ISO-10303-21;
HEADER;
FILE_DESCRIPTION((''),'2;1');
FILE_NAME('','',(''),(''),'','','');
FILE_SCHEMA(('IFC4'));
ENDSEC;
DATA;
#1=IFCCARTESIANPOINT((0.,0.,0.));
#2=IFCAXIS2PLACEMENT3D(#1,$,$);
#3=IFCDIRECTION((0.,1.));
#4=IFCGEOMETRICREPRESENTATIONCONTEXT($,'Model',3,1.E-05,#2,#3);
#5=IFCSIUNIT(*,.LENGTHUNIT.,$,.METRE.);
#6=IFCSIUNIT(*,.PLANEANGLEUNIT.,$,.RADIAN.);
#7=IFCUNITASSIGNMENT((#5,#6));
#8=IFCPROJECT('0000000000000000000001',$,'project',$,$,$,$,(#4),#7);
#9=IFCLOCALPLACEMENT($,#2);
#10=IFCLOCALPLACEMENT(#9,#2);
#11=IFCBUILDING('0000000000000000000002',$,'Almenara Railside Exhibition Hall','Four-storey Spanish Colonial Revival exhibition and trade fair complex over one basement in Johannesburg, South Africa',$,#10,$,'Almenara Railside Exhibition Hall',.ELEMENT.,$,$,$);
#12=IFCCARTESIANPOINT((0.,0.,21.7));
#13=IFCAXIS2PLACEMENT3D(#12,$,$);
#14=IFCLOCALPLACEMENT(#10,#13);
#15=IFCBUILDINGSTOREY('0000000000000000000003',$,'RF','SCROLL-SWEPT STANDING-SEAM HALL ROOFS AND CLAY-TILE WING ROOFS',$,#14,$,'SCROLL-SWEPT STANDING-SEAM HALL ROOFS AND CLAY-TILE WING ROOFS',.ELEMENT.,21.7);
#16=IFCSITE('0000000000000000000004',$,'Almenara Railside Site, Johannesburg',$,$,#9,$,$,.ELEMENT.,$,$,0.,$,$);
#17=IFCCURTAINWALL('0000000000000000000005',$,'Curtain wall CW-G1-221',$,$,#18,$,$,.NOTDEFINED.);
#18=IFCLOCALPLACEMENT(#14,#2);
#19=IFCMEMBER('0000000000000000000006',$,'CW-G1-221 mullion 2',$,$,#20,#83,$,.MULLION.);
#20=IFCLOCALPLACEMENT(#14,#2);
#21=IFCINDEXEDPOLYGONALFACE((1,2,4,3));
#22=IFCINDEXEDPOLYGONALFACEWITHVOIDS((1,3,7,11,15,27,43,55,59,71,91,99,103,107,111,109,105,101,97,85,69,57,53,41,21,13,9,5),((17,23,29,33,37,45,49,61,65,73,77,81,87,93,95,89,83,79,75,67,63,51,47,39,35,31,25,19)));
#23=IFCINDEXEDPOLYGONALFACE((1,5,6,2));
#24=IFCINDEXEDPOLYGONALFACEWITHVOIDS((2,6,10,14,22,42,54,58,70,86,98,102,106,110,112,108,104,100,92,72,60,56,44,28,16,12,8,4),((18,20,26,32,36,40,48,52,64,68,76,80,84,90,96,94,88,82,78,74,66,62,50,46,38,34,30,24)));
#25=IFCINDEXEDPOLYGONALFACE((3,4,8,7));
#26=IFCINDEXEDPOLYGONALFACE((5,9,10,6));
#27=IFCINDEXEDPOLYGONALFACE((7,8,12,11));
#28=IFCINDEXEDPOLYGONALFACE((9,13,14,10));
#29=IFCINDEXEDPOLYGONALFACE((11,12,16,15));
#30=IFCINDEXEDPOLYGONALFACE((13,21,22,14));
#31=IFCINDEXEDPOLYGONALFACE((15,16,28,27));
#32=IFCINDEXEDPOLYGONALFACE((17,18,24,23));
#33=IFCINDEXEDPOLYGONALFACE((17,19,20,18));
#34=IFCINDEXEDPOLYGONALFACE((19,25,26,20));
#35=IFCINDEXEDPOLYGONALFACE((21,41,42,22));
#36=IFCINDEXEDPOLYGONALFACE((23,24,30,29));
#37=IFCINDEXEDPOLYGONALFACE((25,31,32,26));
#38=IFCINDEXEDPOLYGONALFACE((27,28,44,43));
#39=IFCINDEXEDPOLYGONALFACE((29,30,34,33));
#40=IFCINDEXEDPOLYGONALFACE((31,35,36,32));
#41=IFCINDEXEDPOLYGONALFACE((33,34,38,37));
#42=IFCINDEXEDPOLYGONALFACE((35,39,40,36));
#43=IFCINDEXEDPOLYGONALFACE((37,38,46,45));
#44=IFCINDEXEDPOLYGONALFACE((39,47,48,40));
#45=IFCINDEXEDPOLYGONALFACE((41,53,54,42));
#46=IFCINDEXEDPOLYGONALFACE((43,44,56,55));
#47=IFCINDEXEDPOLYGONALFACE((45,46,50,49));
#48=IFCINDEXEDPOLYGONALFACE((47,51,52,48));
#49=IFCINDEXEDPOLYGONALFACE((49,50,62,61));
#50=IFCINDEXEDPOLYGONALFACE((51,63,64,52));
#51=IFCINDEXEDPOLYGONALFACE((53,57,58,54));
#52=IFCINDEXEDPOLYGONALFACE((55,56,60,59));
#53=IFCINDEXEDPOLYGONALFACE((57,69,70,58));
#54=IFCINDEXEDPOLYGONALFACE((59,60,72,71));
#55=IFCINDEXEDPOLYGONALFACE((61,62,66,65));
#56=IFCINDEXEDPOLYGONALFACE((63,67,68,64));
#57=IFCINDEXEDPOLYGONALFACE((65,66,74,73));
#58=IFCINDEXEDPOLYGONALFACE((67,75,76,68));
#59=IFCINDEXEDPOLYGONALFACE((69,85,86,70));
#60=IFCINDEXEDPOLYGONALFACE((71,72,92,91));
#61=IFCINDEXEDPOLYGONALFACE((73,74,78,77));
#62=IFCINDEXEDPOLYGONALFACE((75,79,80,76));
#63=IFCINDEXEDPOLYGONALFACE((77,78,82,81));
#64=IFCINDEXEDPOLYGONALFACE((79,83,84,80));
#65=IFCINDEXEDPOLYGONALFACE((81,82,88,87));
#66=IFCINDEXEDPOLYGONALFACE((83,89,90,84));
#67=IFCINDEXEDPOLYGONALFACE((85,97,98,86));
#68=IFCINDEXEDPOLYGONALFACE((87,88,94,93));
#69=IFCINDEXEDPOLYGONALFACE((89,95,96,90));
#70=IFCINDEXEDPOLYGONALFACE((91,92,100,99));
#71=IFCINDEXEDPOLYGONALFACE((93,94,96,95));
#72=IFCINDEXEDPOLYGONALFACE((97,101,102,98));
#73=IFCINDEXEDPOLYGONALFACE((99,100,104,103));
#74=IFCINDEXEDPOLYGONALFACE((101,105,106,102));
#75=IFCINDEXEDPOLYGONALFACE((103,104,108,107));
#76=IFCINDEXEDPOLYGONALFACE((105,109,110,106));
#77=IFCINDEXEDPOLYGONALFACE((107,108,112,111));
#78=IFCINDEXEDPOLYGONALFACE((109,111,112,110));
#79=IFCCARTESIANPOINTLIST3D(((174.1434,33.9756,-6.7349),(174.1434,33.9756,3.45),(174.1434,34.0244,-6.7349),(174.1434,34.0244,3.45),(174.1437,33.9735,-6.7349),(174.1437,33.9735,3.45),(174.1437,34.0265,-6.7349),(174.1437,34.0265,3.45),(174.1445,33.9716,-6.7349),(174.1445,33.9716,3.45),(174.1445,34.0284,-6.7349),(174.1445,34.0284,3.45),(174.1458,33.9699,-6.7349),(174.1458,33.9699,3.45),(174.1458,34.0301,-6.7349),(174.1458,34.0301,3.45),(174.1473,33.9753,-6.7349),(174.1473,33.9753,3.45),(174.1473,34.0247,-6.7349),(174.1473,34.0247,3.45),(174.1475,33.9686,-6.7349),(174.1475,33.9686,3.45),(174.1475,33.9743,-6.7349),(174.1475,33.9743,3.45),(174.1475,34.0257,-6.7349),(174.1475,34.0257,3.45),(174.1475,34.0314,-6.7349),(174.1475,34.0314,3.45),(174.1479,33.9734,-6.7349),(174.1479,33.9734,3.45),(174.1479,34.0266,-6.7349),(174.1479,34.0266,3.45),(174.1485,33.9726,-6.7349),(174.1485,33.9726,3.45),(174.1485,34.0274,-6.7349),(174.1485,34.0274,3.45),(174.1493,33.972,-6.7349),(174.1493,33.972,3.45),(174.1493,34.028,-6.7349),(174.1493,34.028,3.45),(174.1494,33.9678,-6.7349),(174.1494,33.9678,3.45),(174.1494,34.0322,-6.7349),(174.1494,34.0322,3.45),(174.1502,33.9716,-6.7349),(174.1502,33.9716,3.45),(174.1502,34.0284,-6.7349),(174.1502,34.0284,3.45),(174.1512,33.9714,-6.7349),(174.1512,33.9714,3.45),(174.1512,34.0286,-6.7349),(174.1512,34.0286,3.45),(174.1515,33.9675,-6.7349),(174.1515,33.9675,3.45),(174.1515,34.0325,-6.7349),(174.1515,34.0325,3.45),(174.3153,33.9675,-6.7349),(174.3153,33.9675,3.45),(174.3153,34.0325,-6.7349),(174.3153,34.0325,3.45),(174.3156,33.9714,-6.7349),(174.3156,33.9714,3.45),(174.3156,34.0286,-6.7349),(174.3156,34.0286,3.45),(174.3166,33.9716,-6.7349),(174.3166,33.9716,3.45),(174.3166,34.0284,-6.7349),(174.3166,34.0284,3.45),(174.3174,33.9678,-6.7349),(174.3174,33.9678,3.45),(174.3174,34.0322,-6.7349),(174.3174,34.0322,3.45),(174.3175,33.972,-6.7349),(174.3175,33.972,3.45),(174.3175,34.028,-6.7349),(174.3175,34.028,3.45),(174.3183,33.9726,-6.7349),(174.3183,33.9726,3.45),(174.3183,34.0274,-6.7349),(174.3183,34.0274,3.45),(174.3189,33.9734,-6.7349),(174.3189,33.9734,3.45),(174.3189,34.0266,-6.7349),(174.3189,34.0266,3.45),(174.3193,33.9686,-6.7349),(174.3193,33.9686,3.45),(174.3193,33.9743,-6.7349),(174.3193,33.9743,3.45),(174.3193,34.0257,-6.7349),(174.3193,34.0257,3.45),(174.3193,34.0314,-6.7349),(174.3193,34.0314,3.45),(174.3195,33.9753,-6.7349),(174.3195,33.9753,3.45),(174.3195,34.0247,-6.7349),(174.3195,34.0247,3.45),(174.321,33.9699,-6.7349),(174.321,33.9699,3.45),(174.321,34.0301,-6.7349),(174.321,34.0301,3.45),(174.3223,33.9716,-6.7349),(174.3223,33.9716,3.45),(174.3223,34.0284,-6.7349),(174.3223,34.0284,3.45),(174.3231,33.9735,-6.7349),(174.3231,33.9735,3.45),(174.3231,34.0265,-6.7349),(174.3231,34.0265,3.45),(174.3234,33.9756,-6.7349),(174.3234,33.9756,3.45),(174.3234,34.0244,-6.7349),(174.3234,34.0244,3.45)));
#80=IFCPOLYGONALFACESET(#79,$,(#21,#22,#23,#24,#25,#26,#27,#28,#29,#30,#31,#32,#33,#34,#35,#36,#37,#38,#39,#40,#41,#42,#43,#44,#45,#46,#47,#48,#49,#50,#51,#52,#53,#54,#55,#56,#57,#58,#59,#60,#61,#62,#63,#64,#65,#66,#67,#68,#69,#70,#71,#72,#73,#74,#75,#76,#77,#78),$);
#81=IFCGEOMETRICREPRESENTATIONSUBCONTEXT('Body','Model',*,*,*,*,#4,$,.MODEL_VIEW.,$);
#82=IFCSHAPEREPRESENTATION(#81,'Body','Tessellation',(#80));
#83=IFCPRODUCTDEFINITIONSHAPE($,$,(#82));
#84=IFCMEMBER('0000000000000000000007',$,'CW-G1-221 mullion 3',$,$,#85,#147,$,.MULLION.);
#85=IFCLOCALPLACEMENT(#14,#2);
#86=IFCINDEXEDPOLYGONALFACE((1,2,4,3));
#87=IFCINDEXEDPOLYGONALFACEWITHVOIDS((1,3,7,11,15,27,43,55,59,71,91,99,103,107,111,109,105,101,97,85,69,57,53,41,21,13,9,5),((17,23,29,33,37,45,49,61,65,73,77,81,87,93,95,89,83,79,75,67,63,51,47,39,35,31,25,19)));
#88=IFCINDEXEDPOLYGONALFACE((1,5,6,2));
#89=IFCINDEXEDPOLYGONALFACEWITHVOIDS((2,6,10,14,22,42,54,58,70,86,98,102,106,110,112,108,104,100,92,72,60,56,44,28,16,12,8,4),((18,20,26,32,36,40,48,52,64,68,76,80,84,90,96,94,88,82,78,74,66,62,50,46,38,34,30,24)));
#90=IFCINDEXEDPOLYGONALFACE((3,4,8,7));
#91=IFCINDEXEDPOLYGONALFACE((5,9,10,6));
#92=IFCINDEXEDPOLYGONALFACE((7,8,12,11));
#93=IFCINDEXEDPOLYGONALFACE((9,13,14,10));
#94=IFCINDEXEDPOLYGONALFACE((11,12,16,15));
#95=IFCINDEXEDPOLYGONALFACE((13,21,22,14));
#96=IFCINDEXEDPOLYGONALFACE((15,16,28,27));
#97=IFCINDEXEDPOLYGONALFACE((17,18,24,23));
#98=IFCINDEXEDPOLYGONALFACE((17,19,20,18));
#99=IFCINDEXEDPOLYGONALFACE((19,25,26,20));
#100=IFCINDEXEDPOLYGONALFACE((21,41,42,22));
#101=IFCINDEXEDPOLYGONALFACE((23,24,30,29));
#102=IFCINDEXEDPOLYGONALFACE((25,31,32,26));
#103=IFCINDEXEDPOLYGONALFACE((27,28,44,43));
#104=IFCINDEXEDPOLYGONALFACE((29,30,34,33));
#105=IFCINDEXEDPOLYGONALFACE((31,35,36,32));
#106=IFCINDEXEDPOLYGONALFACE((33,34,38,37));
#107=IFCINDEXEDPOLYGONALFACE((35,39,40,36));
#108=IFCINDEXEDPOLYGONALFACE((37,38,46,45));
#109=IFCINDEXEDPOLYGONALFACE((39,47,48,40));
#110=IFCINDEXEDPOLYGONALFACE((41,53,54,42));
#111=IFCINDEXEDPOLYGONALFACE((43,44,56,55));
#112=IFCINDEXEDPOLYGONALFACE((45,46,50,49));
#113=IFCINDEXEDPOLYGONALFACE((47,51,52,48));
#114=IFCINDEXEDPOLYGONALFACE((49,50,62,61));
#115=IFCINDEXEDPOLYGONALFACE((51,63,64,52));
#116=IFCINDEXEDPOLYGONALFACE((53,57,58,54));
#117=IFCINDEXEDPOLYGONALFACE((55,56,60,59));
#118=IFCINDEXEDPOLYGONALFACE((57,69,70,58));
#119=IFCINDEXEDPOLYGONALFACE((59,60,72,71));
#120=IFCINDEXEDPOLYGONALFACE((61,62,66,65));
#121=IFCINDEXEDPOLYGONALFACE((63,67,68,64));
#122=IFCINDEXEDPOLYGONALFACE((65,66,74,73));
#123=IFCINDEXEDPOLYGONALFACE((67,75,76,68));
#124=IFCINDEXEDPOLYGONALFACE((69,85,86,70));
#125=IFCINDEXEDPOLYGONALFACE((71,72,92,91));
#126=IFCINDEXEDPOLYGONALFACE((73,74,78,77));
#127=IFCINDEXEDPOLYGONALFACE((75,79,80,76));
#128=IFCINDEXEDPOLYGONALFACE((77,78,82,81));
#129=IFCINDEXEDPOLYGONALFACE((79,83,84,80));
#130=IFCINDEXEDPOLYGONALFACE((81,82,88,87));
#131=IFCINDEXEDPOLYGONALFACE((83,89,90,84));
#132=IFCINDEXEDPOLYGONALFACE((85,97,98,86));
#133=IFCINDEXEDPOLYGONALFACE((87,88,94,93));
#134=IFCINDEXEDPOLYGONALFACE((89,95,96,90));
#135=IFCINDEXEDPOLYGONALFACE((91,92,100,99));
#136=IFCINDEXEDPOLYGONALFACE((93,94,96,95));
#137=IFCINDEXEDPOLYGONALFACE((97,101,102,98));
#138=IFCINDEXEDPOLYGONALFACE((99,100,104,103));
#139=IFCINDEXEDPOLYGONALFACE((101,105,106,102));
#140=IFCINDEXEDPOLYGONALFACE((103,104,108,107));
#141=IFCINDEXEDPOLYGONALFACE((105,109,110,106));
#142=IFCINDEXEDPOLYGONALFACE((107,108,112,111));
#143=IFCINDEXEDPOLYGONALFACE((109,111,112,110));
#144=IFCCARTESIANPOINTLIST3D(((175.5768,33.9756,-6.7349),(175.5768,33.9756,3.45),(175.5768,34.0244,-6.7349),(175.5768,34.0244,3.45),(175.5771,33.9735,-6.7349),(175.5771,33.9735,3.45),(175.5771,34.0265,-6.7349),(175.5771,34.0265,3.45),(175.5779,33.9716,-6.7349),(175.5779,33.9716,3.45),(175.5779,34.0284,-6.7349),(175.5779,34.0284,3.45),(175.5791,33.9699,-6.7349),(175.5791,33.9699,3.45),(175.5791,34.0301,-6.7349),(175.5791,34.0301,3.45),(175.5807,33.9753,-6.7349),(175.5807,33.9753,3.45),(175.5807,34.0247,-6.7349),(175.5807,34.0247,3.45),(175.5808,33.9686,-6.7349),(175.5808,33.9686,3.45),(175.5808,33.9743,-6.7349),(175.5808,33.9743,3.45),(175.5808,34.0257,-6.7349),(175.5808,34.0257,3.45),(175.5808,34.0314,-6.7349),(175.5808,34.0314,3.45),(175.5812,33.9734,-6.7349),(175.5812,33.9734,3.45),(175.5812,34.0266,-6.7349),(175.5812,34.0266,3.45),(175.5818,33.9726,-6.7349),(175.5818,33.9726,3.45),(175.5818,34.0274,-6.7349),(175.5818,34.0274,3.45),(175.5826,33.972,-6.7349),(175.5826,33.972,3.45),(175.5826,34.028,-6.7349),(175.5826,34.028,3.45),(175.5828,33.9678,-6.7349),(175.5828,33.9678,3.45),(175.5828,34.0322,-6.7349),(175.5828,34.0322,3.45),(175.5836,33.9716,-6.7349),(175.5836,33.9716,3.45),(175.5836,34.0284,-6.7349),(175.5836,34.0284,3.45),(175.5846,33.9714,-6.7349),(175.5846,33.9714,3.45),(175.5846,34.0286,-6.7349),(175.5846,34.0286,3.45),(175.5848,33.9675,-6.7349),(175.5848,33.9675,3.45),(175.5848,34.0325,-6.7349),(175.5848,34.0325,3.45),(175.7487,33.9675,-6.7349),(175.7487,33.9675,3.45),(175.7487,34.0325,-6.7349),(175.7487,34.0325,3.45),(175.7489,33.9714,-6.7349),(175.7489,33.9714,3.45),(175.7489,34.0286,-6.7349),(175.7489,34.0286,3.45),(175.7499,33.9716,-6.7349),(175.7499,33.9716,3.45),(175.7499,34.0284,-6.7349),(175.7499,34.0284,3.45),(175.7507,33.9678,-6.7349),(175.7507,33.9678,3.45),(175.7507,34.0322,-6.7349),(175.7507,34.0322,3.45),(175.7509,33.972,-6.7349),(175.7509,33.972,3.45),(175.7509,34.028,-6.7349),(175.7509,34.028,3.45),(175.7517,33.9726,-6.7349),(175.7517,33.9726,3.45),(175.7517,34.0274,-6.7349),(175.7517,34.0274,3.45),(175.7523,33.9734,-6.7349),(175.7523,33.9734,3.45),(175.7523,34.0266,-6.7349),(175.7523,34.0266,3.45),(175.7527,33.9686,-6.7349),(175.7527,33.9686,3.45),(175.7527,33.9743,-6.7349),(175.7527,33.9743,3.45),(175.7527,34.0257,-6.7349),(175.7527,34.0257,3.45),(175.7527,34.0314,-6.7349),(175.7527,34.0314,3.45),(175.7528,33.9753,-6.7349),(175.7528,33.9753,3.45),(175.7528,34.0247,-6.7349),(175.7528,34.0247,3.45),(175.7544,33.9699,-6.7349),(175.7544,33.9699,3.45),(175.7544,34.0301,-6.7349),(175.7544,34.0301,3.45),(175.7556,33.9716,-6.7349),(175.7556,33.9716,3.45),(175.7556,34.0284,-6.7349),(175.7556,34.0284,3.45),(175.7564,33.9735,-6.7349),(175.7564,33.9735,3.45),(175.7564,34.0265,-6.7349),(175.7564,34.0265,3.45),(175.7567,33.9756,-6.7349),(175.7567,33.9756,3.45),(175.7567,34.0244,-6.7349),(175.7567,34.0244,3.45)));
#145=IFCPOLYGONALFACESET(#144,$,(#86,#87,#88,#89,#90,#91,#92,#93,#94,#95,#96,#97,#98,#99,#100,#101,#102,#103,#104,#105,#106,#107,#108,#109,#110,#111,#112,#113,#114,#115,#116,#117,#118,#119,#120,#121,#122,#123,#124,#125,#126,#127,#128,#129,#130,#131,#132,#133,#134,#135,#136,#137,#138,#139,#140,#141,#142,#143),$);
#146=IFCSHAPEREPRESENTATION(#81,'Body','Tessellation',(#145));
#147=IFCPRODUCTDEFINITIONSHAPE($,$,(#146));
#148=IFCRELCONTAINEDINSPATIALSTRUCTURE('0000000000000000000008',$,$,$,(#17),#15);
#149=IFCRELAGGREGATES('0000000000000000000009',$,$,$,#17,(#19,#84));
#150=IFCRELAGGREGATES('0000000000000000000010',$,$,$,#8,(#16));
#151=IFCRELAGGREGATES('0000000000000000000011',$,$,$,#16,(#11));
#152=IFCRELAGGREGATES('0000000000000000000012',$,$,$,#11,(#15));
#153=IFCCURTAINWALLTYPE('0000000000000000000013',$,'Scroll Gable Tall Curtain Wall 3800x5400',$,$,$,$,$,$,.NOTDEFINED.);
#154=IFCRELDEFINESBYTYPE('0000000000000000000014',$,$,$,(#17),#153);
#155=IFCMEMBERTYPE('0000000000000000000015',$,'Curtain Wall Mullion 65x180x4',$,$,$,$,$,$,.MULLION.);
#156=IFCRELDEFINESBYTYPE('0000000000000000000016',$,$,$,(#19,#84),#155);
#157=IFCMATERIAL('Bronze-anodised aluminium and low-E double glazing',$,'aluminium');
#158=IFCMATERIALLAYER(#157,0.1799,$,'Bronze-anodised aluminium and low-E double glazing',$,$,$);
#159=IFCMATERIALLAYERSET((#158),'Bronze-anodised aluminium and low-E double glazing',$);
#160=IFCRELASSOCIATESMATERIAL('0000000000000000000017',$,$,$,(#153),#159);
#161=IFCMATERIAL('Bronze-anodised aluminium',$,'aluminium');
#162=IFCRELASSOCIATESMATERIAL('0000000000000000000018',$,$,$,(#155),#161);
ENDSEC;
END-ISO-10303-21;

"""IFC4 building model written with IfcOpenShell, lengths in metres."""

from ifc_helpers import new_model, si_unit, direction, frame, origin, origin_2d, place, context, subcontext, project, spatial, hollow_rectangle, extrude, material, layer, layer_set, material_profile, profile_set, type_object, element, aggregate, save


model = new_model("IFC4")

# Units and contexts
model_context = context("Model", 3, precision=1e-05, world=origin(), true_north=direction((0.0, 1.0)))
body_context = subcontext(model_context, "Body", "Model", "MODEL_VIEW")
ifc_project = project(units=[si_unit("LENGTHUNIT", "METRE"), si_unit("PLANEANGLEUNIT", "RADIAN")], contexts=[model_context])

# Site, building, storey
site_placement = place(None, origin())
site = spatial("IfcSite", under=ifc_project, at=site_placement, Name="Almenara Railside Site, Johannesburg", CompositionType="ELEMENT", RefElevation=0.0)
building_placement = place(site_placement, origin())
building = spatial("IfcBuilding", under=site, at=building_placement, Name="Almenara Railside Exhibition Hall", Description="Four-storey Spanish Colonial Revival exhibition and trade fair complex over one basement in Johannesburg, South Africa", LongName="Almenara Railside Exhibition Hall", CompositionType="ELEMENT")
storey_placement = place(building_placement, frame((0.0, 0.0, 21.7)))
storey = spatial("IfcBuildingStorey", under=building, at=storey_placement, Name="RF", Description="SCROLL-SWEPT STANDING-SEAM HALL ROOFS AND CLAY-TILE WING ROOFS", LongName="SCROLL-SWEPT STANDING-SEAM HALL ROOFS AND CLAY-TILE WING ROOFS", CompositionType="ELEMENT", Elevation=21.7)

# Curtain wall, members
ifc_material_1 = material(Name="Bronze-anodised aluminium and low-E double glazing", Category="aluminium")
ifc_layer_1 = layer(ifc_material_1, 0.1799, Name="Bronze-anodised aluminium and low-E double glazing")
ifc_layer_set_1 = layer_set([ifc_layer_1], Name="Bronze-anodised aluminium and low-E double glazing")
curtain_wall_type = type_object("IfcCurtainWallType", Name="Scroll Gable Tall Curtain Wall 3800x5400", PredefinedType="NOTDEFINED", material=ifc_layer_set_1)
curtain_wall_1_placement = place(storey_placement, origin())
curtain_wall_1 = element("IfcCurtainWall", 1, at=curtain_wall_1_placement, inside=storey, type_object=curtain_wall_type, Name="Curtain wall CW-G1-221", PredefinedType="NOTDEFINED")
ifc_material_2 = material(Name="Bronze-anodised aluminium", Category="aluminium")
ifc_material_profile_1 = material_profile(ifc_material_2, hollow_rectangle(XDim=0.0649, YDim=0.1799, WallThickness=0.0039, InnerFilletRadius=0.0039, OuterFilletRadius=0.0081, at=origin_2d()), Name="ALU-MUL 65x180x4")
ifc_profile_set_1 = profile_set([ifc_material_profile_1], Name="Bronze-anodised aluminium")
member_type_1 = type_object("IfcMemberType", Name="Curtain Wall Mullion 65x180x4", PredefinedType="MULLION", material=ifc_profile_set_1)
member_1_placement = place(storey_placement, frame((174.2334, 34.0, -6.7349), z_axis=(0.0, 0.0, 1.0), x_axis=(0.0, 1.0, 0.0)))
member_1 = element("IfcMember", 2, at=member_1_placement, type_object=member_type_1, Name="CW-G1-221 mullion 2", PredefinedType="MULLION", context=body_context, shape_type="SweptSolid", body=[
    extrude(hollow_rectangle(XDim=0.0649, YDim=0.1799, WallThickness=0.0039, InnerFilletRadius=0.0039, OuterFilletRadius=0.0081, at=origin_2d()), origin(), (0.0, 0.0, 1.0), 10.1848),
])
member_2_placement = place(storey_placement, frame((175.6667, 34.0, -6.7349), z_axis=(0.0, 0.0, 1.0), x_axis=(0.0, 1.0, 0.0)))
member_2 = element("IfcMember", 3, at=member_2_placement, type_object=member_type_1, Name="CW-G1-221 mullion 3", PredefinedType="MULLION", context=body_context, shape_type="SweptSolid", body=[
    extrude(hollow_rectangle(XDim=0.0649, YDim=0.1799, WallThickness=0.0039, InnerFilletRadius=0.0039, OuterFilletRadius=0.0081, at=origin_2d()), origin(), (0.0, 0.0, 1.0), 10.1848),
])

aggregate(curtain_wall_1, [member_1, member_2])

save(model, "model.ifc")
